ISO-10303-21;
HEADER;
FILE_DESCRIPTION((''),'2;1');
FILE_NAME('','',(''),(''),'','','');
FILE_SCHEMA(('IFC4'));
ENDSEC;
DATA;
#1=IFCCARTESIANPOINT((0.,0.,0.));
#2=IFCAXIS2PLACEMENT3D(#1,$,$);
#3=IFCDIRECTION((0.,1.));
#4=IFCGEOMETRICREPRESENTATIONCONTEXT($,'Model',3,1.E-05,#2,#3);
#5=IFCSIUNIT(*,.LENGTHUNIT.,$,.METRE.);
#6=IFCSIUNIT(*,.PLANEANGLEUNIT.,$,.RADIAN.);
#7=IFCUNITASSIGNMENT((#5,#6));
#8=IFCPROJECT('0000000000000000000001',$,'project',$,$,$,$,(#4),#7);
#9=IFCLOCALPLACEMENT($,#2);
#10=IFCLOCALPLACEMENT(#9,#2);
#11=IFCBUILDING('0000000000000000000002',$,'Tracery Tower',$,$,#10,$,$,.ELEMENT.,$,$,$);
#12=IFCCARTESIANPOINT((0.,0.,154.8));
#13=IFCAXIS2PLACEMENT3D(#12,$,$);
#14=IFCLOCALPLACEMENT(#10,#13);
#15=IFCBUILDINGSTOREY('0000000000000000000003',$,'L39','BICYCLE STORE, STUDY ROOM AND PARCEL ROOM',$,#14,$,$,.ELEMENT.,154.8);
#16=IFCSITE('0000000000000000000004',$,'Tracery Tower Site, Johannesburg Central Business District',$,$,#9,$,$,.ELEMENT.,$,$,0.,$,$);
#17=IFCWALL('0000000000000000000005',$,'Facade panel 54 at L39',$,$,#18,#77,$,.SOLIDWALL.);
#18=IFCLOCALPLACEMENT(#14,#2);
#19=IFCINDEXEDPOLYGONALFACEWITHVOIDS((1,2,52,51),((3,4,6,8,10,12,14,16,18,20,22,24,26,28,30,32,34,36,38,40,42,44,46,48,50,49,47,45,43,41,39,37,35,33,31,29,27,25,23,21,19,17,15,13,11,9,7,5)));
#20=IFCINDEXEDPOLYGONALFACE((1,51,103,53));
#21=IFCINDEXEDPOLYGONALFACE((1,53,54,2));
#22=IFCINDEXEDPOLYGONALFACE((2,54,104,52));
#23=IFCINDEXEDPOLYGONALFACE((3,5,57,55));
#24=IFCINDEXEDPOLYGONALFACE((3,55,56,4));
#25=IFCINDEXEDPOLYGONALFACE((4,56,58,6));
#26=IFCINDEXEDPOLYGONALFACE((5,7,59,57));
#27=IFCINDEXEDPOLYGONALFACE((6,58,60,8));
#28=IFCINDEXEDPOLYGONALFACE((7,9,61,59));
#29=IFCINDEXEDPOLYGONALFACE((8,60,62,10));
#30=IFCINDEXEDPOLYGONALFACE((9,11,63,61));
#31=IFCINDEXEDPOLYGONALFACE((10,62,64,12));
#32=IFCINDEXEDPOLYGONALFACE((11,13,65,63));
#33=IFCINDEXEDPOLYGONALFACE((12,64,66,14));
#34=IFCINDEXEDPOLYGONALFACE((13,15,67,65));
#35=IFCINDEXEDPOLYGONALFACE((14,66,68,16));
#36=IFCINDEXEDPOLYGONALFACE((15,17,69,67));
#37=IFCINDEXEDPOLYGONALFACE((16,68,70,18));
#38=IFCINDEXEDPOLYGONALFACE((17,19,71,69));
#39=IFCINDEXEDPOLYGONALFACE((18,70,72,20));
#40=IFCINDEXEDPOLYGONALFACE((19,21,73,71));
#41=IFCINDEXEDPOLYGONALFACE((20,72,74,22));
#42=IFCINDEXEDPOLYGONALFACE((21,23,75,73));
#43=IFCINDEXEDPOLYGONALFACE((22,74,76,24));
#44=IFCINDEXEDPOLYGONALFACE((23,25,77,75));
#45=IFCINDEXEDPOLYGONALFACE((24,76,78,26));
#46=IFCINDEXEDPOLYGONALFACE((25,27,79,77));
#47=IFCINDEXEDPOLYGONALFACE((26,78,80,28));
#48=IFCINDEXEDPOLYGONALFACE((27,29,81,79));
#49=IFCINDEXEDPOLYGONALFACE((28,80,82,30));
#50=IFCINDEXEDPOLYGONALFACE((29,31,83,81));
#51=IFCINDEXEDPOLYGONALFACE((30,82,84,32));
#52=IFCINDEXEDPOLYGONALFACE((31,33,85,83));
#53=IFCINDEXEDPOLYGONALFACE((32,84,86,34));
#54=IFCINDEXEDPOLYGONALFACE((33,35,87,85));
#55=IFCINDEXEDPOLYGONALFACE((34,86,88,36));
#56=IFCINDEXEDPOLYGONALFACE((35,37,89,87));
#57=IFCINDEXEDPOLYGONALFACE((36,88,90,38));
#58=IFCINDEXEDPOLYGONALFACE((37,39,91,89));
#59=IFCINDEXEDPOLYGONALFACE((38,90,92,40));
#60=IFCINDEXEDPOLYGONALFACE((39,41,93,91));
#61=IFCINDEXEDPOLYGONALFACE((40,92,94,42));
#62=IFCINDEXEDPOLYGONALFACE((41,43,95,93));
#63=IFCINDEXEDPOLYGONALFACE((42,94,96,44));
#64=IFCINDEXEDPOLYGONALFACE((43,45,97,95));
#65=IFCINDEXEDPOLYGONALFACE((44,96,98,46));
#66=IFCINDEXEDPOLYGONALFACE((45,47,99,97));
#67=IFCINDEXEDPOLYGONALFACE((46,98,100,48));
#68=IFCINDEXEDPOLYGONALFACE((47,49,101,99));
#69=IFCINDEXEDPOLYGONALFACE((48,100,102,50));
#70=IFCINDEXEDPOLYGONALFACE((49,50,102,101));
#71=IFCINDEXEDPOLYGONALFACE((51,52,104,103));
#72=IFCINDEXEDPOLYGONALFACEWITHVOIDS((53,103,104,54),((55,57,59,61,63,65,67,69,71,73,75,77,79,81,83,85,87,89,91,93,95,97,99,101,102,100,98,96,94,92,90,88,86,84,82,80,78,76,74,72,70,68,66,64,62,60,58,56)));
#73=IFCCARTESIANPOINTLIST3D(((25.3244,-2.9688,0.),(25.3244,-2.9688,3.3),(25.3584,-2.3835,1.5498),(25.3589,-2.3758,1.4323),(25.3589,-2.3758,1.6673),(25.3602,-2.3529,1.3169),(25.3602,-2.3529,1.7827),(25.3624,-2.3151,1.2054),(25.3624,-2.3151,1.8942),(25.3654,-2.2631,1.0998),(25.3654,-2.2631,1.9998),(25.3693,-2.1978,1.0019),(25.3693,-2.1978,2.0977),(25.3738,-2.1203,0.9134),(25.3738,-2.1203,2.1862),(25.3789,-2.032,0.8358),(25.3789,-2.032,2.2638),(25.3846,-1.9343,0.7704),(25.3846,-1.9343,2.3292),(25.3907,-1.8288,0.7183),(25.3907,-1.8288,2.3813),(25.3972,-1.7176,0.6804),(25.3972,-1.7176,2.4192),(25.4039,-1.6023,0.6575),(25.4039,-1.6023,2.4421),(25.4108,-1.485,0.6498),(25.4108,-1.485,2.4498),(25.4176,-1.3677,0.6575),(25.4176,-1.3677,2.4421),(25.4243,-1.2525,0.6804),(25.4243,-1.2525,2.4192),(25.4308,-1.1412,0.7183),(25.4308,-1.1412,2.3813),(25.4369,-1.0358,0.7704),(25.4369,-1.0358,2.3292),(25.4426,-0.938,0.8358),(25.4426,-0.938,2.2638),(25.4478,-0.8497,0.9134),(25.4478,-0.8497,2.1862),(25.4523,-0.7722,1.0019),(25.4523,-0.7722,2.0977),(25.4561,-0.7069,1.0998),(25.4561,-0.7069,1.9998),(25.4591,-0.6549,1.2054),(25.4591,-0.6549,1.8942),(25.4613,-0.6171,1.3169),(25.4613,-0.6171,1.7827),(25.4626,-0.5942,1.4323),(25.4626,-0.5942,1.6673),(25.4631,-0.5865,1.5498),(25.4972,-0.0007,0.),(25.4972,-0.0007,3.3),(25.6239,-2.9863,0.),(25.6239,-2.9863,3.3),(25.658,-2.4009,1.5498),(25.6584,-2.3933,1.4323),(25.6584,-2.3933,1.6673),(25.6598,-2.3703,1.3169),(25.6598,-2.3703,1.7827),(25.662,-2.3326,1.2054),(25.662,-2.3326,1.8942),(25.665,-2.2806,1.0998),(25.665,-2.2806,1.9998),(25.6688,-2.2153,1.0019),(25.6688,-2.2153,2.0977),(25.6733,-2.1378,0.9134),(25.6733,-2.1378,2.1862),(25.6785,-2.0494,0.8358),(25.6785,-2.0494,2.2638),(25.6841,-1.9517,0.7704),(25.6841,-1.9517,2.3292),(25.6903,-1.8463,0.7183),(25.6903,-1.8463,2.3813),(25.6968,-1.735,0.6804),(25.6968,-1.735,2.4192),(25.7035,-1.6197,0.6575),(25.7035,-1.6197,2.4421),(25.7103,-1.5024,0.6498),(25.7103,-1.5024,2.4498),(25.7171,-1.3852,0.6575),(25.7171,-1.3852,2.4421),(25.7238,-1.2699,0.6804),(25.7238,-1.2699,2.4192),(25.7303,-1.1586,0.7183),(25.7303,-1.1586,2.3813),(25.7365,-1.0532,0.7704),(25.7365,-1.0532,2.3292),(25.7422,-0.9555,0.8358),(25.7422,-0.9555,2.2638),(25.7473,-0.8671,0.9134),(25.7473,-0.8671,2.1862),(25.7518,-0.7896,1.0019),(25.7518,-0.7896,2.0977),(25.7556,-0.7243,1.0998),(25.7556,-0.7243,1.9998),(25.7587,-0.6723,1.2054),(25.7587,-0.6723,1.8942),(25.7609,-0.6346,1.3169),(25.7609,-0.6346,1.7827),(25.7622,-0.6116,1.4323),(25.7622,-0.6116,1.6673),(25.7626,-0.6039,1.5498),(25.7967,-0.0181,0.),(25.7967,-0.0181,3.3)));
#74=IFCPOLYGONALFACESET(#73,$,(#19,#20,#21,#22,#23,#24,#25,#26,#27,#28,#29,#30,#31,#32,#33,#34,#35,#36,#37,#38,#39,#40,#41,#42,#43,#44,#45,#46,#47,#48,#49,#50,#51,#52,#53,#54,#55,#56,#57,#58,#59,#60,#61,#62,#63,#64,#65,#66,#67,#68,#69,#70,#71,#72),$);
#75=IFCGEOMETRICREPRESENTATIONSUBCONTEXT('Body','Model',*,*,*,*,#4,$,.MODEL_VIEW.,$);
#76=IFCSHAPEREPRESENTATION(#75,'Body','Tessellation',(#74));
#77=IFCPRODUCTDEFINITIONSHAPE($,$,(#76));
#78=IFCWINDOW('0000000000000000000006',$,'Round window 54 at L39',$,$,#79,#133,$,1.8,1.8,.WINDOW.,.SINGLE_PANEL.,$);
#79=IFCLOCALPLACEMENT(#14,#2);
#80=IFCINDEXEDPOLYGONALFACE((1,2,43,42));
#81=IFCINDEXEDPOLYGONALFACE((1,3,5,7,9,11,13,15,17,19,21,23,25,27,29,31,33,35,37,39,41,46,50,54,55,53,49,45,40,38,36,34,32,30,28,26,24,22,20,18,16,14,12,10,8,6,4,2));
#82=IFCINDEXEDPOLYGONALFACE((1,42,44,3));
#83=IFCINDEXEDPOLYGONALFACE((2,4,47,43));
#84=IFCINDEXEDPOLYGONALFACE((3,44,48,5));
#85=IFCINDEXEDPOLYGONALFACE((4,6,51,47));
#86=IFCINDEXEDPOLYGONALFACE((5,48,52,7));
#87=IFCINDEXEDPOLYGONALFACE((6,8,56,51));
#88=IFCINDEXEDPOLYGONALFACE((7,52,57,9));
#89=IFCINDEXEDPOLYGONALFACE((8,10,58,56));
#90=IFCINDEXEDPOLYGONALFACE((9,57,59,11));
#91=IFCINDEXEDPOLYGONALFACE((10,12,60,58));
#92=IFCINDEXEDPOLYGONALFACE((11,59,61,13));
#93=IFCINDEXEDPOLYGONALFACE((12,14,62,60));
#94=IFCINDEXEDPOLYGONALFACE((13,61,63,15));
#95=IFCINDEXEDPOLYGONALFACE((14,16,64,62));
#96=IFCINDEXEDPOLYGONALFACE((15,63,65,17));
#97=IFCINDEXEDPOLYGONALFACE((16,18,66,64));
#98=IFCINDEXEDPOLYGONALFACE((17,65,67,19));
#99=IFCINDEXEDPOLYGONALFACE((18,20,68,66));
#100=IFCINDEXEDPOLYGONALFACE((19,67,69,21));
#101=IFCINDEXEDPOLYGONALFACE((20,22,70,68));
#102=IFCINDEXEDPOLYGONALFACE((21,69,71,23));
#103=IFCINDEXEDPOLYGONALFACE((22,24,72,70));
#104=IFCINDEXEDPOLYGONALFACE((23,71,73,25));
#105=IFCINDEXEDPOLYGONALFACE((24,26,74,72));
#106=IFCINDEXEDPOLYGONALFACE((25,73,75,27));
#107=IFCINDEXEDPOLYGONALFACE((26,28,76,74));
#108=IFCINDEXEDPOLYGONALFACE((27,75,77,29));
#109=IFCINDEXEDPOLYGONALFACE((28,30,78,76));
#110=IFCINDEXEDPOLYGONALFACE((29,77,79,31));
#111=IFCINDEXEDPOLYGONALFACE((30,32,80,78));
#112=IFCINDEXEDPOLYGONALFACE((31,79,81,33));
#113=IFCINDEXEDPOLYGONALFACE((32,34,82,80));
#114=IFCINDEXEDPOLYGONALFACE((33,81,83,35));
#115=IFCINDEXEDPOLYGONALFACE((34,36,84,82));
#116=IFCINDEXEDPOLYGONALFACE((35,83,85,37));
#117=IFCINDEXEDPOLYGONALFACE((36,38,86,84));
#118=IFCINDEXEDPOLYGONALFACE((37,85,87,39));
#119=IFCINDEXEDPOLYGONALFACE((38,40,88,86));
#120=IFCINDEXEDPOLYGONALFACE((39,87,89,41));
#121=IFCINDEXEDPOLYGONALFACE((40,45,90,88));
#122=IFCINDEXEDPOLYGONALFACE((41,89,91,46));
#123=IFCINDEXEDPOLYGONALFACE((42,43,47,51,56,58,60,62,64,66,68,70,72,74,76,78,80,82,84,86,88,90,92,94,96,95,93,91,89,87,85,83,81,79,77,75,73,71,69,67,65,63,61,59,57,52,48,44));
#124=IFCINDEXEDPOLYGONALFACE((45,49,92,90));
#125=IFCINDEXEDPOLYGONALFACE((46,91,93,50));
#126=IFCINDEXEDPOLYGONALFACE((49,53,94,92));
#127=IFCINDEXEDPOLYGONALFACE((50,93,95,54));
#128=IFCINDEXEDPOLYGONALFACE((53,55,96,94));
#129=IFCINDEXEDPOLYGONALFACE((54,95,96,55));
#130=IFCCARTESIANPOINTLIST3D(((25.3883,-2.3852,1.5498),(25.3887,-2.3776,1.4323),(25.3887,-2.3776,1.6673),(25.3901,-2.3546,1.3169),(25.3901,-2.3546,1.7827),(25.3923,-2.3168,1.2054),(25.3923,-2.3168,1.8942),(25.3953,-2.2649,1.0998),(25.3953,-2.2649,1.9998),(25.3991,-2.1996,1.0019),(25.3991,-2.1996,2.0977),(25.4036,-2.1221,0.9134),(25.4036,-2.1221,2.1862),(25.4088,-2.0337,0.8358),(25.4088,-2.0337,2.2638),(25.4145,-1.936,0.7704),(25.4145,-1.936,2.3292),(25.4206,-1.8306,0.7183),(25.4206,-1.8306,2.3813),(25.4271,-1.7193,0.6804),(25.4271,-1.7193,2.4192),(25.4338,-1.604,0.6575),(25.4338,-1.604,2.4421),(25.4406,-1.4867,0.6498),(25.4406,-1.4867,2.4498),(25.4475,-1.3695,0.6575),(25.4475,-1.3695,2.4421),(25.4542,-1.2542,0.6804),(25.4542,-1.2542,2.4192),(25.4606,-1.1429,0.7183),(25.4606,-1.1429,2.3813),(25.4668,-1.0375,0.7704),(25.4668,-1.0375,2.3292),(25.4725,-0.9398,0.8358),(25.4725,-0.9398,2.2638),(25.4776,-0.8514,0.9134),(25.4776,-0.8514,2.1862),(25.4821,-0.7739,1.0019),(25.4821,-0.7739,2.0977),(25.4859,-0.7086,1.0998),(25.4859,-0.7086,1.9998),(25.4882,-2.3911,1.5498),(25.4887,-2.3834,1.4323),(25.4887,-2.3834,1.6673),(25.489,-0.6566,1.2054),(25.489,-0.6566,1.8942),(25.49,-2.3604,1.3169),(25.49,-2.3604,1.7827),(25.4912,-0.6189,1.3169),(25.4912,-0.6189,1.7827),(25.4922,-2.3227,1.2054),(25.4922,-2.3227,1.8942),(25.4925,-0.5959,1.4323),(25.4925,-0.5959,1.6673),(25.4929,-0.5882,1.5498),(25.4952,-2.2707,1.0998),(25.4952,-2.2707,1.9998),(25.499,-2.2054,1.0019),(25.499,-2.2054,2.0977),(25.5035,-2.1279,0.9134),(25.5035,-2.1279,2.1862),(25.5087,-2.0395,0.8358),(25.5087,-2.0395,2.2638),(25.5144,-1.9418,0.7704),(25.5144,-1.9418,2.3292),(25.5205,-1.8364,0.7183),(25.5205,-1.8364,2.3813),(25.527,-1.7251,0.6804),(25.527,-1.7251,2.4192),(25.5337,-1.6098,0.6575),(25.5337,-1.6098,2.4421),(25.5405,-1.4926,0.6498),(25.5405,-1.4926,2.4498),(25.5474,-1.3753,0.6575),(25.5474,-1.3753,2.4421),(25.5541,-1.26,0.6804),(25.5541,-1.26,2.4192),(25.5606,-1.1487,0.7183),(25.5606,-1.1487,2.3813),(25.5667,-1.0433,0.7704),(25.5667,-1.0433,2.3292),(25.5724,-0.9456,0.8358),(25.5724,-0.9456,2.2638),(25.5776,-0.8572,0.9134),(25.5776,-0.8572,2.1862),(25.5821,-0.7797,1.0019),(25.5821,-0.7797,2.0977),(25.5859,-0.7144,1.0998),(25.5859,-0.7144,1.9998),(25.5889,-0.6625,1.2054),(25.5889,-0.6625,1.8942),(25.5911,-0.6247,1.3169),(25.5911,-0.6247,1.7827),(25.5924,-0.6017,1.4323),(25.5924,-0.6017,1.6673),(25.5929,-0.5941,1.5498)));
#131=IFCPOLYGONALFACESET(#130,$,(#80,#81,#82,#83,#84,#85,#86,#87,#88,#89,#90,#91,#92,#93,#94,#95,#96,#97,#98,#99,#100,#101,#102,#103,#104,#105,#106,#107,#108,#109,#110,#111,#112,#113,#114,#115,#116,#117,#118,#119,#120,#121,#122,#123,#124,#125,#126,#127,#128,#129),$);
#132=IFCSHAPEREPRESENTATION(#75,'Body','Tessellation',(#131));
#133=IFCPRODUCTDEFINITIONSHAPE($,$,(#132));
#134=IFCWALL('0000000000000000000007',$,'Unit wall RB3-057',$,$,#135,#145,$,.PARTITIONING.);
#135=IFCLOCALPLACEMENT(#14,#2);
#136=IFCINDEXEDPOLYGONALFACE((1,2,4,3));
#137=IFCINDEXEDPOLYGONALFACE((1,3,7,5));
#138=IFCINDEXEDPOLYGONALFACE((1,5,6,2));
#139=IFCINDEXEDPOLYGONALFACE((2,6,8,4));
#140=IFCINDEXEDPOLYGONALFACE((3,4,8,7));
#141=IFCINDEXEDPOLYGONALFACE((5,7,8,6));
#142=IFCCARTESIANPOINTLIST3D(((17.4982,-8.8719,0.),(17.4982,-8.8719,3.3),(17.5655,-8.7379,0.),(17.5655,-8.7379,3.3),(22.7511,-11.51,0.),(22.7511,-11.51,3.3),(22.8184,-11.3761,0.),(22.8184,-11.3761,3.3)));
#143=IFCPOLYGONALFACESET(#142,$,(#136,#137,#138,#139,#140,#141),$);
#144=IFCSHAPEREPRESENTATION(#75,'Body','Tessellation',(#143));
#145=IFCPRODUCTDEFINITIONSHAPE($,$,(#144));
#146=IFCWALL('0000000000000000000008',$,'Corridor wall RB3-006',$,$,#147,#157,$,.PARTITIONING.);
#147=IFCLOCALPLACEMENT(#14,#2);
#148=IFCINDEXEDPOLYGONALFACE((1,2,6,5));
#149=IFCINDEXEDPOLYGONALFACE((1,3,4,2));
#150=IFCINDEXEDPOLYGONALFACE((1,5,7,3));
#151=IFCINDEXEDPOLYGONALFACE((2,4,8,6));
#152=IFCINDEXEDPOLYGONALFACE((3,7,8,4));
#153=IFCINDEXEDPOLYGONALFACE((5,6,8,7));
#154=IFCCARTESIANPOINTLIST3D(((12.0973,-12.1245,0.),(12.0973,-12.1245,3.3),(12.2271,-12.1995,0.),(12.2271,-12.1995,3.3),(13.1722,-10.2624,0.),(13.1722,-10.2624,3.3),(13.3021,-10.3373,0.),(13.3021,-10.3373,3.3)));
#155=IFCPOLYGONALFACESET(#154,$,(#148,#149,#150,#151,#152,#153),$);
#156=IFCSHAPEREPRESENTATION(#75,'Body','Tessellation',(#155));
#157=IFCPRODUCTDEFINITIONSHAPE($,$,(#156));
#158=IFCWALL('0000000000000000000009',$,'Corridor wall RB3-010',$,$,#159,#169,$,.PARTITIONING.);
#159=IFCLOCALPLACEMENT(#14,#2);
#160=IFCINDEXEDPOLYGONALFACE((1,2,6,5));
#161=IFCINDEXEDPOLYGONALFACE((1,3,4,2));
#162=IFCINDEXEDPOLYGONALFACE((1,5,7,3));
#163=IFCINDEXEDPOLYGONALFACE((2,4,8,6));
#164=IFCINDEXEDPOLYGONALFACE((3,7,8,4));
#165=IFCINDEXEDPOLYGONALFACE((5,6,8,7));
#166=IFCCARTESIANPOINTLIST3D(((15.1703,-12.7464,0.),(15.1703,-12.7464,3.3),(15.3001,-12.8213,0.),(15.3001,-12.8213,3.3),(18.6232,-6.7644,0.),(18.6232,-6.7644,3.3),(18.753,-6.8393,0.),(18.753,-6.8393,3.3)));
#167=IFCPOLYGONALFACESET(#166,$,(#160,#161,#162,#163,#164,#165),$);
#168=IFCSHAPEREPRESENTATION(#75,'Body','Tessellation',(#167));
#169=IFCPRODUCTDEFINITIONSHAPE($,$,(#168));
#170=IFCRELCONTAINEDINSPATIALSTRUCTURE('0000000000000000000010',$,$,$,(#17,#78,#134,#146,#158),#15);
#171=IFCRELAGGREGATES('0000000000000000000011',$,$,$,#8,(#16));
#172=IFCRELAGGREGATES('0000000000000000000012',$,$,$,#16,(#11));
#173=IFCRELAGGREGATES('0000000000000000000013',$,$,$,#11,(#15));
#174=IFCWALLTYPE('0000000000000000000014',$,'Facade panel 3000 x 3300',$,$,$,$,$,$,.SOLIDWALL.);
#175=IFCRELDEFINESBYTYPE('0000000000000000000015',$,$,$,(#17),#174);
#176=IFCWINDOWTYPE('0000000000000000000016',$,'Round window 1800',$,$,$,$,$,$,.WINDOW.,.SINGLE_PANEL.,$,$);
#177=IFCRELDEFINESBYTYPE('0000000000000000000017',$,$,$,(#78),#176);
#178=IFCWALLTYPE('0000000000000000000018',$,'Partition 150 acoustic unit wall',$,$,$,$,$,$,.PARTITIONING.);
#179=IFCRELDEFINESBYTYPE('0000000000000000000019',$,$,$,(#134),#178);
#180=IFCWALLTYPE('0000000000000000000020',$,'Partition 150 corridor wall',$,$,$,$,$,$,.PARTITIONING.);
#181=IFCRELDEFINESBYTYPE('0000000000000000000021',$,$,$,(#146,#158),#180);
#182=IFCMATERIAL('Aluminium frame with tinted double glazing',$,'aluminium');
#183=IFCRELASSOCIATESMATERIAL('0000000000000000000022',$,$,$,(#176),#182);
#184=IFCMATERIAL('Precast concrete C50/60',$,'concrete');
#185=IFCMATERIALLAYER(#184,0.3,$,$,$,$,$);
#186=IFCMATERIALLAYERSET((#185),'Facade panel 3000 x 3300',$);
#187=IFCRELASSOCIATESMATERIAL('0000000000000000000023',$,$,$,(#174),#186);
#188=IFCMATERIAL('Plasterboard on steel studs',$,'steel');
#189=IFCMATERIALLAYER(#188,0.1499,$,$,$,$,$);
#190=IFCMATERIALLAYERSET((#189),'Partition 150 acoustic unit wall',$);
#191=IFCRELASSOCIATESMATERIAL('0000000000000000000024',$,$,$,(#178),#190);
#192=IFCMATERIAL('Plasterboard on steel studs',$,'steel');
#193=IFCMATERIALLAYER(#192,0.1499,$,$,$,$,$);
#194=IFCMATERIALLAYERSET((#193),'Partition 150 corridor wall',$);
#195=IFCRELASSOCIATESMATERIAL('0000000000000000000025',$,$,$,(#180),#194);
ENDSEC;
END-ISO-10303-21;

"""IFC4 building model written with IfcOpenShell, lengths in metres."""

from ifc_helpers import new_model, si_unit, direction, frame, frame_2d, origin, origin_2d, place, context, subcontext, project, spatial, rectangle, circle, extrude, material, layer, layer_set, type_object, element, fill, save


model = new_model("IFC4")

# Units and contexts
model_context = context("Model", 3, precision=1e-05, world=origin(), true_north=direction((0.0, 1.0)))
body_context = subcontext(model_context, "Body", "Model", "MODEL_VIEW")
ifc_project = project(units=[si_unit("LENGTHUNIT", "METRE"), si_unit("PLANEANGLEUNIT", "RADIAN")], contexts=[model_context])

# Site, building, storey
site_placement = place(None, origin())
site = spatial("IfcSite", under=ifc_project, at=site_placement, Name="Tracery Tower Site, Johannesburg Central Business District", CompositionType="ELEMENT", RefElevation=0.0)
building_placement = place(site_placement, origin())
building = spatial("IfcBuilding", under=site, at=building_placement, Name="Tracery Tower", CompositionType="ELEMENT")
storey_placement = place(building_placement, frame((0.0, 0.0, 154.8)))
storey = spatial("IfcBuildingStorey", under=building, at=storey_placement, Name="L39", Description="BICYCLE STORE, STUDY ROOM AND PARCEL ROOM", CompositionType="ELEMENT", Elevation=154.8)

# Wall, opening, window
ifc_material_1 = material(Name="Aluminium frame with tinted double glazing", Category="aluminium")
window_type = type_object("IfcWindowType", Name="Round window 1800", PartitioningType="SINGLE_PANEL", PredefinedType="WINDOW", material=ifc_material_1)
ifc_material_2 = material(Name="Precast concrete C50/60", Category="concrete")
ifc_layer_1 = layer(ifc_material_2, 0.3)
ifc_layer_set_1 = layer_set([ifc_layer_1], Name="Facade panel 3000 x 3300")
wall_type_1 = type_object("IfcWallType", Name="Facade panel 3000 x 3300", PredefinedType="SOLIDWALL", material=ifc_layer_set_1)
wall_1_placement = place(storey_placement, frame((25.4741, -2.9775, 0.0), z_axis=(0.0, 0.0, 1.0), x_axis=(0.05814, 0.998308, 0.0)))
wall_1 = element("IfcWall", 1, at=wall_1_placement, inside=storey, type_object=wall_type_1, Name="Facade panel 54 at L39", PredefinedType="SOLIDWALL", context=body_context, shape_type="SweptSolid", body=[
    extrude(rectangle(XDim=2.9731, YDim=0.3, at=frame_2d((1.4866, 0.0))), origin(), (0.0, 0.0, 1.0), 3.3),
])
opening_1_placement = place(wall_1_placement, frame((1.4863, 0.0, 1.5498)))
opening_1 = element("IfcOpeningElement", 2, at=opening_1_placement, cuts=wall_1, PredefinedType="OPENING", context=body_context, shape_type="SweptSolid", body=[
    extrude(circle(Radius=0.9, at=origin_2d()), frame((0.0, 0.1599, 0.0), z_axis=(0.0, -1.0, 0.0), x_axis=(1.0, 0.0, 0.0)), (0.0, 0.0, 1.0), 0.3201),
])
window_1_placement = place(opening_1_placement, origin())
window_1 = element("IfcWindow", 3, at=window_1_placement, inside=storey, type_object=window_type, Name="Round window 54 at L39", OverallHeight=1.8, OverallWidth=1.8, PartitioningType="SINGLE_PANEL", PredefinedType="WINDOW", context=body_context, shape_type="SweptSolid", body=[
    extrude(circle(Radius=0.9, at=origin_2d()), frame((0.0, 0.1201, 0.0), z_axis=(0.0, -1.0, 0.0), x_axis=(1.0, 0.0, 0.0)), (0.0, 0.0, 1.0), 0.1001),
])
fill(opening_1, window_1)

# Walls
ifc_material_3 = material(Name="Plasterboard on steel studs", Category="steel")
ifc_layer_2 = layer(ifc_material_3, 0.1499)
ifc_layer_set_2 = layer_set([ifc_layer_2], Name="Partition 150 acoustic unit wall")
wall_type_2 = type_object("IfcWallType", Name="Partition 150 acoustic unit wall", PredefinedType="PARTITIONING", material=ifc_layer_set_2)
wall_2_placement = place(storey_placement, frame((17.532, -8.8049, 0.0), z_axis=(0.0, 0.0, 1.0), x_axis=(0.893628, -0.448808, 0.0)))
element("IfcWall", 4, at=wall_2_placement, inside=storey, type_object=wall_type_2, Name="Unit wall RB3-057", PredefinedType="PARTITIONING", context=body_context, shape_type="SweptSolid", body=[
    extrude(rectangle(XDim=5.8782, YDim=0.1499, at=frame_2d((2.939, 0.0))), origin(), (0.0, 0.0, 1.0), 3.3),
])
ifc_material_4 = material(Name="Plasterboard on steel studs", Category="steel")
ifc_layer_3 = layer(ifc_material_4, 0.1499)
ifc_layer_set_3 = layer_set([ifc_layer_3], Name="Partition 150 corridor wall")
wall_type_3 = type_object("IfcWallType", Name="Partition 150 corridor wall", PredefinedType="PARTITIONING", material=ifc_layer_set_3)
wall_3_placement = place(storey_placement, frame((12.1621, -12.1621, 0.0), z_axis=(0.0, 0.0, 1.0), x_axis=(0.499962, 0.866048, 0.0)))
element("IfcWall", 5, at=wall_3_placement, inside=storey, type_object=wall_type_3, Name="Corridor wall RB3-006", PredefinedType="PARTITIONING", context=body_context, shape_type="SweptSolid", body=[
    extrude(rectangle(XDim=2.1501, YDim=0.1499, at=frame_2d((1.0752, 0.0))), origin(), (0.0, 0.0, 1.0), 3.3),
])
wall_4_placement = place(storey_placement, frame((15.2351, -12.7839, 0.0), z_axis=(0.0, 0.0, 1.0), x_axis=(0.499914, 0.866075, 0.0)))
element("IfcWall", 6, at=wall_4_placement, inside=storey, type_object=wall_type_3, Name="Corridor wall RB3-010", PredefinedType="PARTITIONING", context=body_context, shape_type="SweptSolid", body=[
    extrude(rectangle(XDim=6.907, YDim=0.1499, at=frame_2d((3.4536, 0.0))), origin(), (0.0, 0.0, 1.0), 3.3),
])

save(model, "model.ifc")
